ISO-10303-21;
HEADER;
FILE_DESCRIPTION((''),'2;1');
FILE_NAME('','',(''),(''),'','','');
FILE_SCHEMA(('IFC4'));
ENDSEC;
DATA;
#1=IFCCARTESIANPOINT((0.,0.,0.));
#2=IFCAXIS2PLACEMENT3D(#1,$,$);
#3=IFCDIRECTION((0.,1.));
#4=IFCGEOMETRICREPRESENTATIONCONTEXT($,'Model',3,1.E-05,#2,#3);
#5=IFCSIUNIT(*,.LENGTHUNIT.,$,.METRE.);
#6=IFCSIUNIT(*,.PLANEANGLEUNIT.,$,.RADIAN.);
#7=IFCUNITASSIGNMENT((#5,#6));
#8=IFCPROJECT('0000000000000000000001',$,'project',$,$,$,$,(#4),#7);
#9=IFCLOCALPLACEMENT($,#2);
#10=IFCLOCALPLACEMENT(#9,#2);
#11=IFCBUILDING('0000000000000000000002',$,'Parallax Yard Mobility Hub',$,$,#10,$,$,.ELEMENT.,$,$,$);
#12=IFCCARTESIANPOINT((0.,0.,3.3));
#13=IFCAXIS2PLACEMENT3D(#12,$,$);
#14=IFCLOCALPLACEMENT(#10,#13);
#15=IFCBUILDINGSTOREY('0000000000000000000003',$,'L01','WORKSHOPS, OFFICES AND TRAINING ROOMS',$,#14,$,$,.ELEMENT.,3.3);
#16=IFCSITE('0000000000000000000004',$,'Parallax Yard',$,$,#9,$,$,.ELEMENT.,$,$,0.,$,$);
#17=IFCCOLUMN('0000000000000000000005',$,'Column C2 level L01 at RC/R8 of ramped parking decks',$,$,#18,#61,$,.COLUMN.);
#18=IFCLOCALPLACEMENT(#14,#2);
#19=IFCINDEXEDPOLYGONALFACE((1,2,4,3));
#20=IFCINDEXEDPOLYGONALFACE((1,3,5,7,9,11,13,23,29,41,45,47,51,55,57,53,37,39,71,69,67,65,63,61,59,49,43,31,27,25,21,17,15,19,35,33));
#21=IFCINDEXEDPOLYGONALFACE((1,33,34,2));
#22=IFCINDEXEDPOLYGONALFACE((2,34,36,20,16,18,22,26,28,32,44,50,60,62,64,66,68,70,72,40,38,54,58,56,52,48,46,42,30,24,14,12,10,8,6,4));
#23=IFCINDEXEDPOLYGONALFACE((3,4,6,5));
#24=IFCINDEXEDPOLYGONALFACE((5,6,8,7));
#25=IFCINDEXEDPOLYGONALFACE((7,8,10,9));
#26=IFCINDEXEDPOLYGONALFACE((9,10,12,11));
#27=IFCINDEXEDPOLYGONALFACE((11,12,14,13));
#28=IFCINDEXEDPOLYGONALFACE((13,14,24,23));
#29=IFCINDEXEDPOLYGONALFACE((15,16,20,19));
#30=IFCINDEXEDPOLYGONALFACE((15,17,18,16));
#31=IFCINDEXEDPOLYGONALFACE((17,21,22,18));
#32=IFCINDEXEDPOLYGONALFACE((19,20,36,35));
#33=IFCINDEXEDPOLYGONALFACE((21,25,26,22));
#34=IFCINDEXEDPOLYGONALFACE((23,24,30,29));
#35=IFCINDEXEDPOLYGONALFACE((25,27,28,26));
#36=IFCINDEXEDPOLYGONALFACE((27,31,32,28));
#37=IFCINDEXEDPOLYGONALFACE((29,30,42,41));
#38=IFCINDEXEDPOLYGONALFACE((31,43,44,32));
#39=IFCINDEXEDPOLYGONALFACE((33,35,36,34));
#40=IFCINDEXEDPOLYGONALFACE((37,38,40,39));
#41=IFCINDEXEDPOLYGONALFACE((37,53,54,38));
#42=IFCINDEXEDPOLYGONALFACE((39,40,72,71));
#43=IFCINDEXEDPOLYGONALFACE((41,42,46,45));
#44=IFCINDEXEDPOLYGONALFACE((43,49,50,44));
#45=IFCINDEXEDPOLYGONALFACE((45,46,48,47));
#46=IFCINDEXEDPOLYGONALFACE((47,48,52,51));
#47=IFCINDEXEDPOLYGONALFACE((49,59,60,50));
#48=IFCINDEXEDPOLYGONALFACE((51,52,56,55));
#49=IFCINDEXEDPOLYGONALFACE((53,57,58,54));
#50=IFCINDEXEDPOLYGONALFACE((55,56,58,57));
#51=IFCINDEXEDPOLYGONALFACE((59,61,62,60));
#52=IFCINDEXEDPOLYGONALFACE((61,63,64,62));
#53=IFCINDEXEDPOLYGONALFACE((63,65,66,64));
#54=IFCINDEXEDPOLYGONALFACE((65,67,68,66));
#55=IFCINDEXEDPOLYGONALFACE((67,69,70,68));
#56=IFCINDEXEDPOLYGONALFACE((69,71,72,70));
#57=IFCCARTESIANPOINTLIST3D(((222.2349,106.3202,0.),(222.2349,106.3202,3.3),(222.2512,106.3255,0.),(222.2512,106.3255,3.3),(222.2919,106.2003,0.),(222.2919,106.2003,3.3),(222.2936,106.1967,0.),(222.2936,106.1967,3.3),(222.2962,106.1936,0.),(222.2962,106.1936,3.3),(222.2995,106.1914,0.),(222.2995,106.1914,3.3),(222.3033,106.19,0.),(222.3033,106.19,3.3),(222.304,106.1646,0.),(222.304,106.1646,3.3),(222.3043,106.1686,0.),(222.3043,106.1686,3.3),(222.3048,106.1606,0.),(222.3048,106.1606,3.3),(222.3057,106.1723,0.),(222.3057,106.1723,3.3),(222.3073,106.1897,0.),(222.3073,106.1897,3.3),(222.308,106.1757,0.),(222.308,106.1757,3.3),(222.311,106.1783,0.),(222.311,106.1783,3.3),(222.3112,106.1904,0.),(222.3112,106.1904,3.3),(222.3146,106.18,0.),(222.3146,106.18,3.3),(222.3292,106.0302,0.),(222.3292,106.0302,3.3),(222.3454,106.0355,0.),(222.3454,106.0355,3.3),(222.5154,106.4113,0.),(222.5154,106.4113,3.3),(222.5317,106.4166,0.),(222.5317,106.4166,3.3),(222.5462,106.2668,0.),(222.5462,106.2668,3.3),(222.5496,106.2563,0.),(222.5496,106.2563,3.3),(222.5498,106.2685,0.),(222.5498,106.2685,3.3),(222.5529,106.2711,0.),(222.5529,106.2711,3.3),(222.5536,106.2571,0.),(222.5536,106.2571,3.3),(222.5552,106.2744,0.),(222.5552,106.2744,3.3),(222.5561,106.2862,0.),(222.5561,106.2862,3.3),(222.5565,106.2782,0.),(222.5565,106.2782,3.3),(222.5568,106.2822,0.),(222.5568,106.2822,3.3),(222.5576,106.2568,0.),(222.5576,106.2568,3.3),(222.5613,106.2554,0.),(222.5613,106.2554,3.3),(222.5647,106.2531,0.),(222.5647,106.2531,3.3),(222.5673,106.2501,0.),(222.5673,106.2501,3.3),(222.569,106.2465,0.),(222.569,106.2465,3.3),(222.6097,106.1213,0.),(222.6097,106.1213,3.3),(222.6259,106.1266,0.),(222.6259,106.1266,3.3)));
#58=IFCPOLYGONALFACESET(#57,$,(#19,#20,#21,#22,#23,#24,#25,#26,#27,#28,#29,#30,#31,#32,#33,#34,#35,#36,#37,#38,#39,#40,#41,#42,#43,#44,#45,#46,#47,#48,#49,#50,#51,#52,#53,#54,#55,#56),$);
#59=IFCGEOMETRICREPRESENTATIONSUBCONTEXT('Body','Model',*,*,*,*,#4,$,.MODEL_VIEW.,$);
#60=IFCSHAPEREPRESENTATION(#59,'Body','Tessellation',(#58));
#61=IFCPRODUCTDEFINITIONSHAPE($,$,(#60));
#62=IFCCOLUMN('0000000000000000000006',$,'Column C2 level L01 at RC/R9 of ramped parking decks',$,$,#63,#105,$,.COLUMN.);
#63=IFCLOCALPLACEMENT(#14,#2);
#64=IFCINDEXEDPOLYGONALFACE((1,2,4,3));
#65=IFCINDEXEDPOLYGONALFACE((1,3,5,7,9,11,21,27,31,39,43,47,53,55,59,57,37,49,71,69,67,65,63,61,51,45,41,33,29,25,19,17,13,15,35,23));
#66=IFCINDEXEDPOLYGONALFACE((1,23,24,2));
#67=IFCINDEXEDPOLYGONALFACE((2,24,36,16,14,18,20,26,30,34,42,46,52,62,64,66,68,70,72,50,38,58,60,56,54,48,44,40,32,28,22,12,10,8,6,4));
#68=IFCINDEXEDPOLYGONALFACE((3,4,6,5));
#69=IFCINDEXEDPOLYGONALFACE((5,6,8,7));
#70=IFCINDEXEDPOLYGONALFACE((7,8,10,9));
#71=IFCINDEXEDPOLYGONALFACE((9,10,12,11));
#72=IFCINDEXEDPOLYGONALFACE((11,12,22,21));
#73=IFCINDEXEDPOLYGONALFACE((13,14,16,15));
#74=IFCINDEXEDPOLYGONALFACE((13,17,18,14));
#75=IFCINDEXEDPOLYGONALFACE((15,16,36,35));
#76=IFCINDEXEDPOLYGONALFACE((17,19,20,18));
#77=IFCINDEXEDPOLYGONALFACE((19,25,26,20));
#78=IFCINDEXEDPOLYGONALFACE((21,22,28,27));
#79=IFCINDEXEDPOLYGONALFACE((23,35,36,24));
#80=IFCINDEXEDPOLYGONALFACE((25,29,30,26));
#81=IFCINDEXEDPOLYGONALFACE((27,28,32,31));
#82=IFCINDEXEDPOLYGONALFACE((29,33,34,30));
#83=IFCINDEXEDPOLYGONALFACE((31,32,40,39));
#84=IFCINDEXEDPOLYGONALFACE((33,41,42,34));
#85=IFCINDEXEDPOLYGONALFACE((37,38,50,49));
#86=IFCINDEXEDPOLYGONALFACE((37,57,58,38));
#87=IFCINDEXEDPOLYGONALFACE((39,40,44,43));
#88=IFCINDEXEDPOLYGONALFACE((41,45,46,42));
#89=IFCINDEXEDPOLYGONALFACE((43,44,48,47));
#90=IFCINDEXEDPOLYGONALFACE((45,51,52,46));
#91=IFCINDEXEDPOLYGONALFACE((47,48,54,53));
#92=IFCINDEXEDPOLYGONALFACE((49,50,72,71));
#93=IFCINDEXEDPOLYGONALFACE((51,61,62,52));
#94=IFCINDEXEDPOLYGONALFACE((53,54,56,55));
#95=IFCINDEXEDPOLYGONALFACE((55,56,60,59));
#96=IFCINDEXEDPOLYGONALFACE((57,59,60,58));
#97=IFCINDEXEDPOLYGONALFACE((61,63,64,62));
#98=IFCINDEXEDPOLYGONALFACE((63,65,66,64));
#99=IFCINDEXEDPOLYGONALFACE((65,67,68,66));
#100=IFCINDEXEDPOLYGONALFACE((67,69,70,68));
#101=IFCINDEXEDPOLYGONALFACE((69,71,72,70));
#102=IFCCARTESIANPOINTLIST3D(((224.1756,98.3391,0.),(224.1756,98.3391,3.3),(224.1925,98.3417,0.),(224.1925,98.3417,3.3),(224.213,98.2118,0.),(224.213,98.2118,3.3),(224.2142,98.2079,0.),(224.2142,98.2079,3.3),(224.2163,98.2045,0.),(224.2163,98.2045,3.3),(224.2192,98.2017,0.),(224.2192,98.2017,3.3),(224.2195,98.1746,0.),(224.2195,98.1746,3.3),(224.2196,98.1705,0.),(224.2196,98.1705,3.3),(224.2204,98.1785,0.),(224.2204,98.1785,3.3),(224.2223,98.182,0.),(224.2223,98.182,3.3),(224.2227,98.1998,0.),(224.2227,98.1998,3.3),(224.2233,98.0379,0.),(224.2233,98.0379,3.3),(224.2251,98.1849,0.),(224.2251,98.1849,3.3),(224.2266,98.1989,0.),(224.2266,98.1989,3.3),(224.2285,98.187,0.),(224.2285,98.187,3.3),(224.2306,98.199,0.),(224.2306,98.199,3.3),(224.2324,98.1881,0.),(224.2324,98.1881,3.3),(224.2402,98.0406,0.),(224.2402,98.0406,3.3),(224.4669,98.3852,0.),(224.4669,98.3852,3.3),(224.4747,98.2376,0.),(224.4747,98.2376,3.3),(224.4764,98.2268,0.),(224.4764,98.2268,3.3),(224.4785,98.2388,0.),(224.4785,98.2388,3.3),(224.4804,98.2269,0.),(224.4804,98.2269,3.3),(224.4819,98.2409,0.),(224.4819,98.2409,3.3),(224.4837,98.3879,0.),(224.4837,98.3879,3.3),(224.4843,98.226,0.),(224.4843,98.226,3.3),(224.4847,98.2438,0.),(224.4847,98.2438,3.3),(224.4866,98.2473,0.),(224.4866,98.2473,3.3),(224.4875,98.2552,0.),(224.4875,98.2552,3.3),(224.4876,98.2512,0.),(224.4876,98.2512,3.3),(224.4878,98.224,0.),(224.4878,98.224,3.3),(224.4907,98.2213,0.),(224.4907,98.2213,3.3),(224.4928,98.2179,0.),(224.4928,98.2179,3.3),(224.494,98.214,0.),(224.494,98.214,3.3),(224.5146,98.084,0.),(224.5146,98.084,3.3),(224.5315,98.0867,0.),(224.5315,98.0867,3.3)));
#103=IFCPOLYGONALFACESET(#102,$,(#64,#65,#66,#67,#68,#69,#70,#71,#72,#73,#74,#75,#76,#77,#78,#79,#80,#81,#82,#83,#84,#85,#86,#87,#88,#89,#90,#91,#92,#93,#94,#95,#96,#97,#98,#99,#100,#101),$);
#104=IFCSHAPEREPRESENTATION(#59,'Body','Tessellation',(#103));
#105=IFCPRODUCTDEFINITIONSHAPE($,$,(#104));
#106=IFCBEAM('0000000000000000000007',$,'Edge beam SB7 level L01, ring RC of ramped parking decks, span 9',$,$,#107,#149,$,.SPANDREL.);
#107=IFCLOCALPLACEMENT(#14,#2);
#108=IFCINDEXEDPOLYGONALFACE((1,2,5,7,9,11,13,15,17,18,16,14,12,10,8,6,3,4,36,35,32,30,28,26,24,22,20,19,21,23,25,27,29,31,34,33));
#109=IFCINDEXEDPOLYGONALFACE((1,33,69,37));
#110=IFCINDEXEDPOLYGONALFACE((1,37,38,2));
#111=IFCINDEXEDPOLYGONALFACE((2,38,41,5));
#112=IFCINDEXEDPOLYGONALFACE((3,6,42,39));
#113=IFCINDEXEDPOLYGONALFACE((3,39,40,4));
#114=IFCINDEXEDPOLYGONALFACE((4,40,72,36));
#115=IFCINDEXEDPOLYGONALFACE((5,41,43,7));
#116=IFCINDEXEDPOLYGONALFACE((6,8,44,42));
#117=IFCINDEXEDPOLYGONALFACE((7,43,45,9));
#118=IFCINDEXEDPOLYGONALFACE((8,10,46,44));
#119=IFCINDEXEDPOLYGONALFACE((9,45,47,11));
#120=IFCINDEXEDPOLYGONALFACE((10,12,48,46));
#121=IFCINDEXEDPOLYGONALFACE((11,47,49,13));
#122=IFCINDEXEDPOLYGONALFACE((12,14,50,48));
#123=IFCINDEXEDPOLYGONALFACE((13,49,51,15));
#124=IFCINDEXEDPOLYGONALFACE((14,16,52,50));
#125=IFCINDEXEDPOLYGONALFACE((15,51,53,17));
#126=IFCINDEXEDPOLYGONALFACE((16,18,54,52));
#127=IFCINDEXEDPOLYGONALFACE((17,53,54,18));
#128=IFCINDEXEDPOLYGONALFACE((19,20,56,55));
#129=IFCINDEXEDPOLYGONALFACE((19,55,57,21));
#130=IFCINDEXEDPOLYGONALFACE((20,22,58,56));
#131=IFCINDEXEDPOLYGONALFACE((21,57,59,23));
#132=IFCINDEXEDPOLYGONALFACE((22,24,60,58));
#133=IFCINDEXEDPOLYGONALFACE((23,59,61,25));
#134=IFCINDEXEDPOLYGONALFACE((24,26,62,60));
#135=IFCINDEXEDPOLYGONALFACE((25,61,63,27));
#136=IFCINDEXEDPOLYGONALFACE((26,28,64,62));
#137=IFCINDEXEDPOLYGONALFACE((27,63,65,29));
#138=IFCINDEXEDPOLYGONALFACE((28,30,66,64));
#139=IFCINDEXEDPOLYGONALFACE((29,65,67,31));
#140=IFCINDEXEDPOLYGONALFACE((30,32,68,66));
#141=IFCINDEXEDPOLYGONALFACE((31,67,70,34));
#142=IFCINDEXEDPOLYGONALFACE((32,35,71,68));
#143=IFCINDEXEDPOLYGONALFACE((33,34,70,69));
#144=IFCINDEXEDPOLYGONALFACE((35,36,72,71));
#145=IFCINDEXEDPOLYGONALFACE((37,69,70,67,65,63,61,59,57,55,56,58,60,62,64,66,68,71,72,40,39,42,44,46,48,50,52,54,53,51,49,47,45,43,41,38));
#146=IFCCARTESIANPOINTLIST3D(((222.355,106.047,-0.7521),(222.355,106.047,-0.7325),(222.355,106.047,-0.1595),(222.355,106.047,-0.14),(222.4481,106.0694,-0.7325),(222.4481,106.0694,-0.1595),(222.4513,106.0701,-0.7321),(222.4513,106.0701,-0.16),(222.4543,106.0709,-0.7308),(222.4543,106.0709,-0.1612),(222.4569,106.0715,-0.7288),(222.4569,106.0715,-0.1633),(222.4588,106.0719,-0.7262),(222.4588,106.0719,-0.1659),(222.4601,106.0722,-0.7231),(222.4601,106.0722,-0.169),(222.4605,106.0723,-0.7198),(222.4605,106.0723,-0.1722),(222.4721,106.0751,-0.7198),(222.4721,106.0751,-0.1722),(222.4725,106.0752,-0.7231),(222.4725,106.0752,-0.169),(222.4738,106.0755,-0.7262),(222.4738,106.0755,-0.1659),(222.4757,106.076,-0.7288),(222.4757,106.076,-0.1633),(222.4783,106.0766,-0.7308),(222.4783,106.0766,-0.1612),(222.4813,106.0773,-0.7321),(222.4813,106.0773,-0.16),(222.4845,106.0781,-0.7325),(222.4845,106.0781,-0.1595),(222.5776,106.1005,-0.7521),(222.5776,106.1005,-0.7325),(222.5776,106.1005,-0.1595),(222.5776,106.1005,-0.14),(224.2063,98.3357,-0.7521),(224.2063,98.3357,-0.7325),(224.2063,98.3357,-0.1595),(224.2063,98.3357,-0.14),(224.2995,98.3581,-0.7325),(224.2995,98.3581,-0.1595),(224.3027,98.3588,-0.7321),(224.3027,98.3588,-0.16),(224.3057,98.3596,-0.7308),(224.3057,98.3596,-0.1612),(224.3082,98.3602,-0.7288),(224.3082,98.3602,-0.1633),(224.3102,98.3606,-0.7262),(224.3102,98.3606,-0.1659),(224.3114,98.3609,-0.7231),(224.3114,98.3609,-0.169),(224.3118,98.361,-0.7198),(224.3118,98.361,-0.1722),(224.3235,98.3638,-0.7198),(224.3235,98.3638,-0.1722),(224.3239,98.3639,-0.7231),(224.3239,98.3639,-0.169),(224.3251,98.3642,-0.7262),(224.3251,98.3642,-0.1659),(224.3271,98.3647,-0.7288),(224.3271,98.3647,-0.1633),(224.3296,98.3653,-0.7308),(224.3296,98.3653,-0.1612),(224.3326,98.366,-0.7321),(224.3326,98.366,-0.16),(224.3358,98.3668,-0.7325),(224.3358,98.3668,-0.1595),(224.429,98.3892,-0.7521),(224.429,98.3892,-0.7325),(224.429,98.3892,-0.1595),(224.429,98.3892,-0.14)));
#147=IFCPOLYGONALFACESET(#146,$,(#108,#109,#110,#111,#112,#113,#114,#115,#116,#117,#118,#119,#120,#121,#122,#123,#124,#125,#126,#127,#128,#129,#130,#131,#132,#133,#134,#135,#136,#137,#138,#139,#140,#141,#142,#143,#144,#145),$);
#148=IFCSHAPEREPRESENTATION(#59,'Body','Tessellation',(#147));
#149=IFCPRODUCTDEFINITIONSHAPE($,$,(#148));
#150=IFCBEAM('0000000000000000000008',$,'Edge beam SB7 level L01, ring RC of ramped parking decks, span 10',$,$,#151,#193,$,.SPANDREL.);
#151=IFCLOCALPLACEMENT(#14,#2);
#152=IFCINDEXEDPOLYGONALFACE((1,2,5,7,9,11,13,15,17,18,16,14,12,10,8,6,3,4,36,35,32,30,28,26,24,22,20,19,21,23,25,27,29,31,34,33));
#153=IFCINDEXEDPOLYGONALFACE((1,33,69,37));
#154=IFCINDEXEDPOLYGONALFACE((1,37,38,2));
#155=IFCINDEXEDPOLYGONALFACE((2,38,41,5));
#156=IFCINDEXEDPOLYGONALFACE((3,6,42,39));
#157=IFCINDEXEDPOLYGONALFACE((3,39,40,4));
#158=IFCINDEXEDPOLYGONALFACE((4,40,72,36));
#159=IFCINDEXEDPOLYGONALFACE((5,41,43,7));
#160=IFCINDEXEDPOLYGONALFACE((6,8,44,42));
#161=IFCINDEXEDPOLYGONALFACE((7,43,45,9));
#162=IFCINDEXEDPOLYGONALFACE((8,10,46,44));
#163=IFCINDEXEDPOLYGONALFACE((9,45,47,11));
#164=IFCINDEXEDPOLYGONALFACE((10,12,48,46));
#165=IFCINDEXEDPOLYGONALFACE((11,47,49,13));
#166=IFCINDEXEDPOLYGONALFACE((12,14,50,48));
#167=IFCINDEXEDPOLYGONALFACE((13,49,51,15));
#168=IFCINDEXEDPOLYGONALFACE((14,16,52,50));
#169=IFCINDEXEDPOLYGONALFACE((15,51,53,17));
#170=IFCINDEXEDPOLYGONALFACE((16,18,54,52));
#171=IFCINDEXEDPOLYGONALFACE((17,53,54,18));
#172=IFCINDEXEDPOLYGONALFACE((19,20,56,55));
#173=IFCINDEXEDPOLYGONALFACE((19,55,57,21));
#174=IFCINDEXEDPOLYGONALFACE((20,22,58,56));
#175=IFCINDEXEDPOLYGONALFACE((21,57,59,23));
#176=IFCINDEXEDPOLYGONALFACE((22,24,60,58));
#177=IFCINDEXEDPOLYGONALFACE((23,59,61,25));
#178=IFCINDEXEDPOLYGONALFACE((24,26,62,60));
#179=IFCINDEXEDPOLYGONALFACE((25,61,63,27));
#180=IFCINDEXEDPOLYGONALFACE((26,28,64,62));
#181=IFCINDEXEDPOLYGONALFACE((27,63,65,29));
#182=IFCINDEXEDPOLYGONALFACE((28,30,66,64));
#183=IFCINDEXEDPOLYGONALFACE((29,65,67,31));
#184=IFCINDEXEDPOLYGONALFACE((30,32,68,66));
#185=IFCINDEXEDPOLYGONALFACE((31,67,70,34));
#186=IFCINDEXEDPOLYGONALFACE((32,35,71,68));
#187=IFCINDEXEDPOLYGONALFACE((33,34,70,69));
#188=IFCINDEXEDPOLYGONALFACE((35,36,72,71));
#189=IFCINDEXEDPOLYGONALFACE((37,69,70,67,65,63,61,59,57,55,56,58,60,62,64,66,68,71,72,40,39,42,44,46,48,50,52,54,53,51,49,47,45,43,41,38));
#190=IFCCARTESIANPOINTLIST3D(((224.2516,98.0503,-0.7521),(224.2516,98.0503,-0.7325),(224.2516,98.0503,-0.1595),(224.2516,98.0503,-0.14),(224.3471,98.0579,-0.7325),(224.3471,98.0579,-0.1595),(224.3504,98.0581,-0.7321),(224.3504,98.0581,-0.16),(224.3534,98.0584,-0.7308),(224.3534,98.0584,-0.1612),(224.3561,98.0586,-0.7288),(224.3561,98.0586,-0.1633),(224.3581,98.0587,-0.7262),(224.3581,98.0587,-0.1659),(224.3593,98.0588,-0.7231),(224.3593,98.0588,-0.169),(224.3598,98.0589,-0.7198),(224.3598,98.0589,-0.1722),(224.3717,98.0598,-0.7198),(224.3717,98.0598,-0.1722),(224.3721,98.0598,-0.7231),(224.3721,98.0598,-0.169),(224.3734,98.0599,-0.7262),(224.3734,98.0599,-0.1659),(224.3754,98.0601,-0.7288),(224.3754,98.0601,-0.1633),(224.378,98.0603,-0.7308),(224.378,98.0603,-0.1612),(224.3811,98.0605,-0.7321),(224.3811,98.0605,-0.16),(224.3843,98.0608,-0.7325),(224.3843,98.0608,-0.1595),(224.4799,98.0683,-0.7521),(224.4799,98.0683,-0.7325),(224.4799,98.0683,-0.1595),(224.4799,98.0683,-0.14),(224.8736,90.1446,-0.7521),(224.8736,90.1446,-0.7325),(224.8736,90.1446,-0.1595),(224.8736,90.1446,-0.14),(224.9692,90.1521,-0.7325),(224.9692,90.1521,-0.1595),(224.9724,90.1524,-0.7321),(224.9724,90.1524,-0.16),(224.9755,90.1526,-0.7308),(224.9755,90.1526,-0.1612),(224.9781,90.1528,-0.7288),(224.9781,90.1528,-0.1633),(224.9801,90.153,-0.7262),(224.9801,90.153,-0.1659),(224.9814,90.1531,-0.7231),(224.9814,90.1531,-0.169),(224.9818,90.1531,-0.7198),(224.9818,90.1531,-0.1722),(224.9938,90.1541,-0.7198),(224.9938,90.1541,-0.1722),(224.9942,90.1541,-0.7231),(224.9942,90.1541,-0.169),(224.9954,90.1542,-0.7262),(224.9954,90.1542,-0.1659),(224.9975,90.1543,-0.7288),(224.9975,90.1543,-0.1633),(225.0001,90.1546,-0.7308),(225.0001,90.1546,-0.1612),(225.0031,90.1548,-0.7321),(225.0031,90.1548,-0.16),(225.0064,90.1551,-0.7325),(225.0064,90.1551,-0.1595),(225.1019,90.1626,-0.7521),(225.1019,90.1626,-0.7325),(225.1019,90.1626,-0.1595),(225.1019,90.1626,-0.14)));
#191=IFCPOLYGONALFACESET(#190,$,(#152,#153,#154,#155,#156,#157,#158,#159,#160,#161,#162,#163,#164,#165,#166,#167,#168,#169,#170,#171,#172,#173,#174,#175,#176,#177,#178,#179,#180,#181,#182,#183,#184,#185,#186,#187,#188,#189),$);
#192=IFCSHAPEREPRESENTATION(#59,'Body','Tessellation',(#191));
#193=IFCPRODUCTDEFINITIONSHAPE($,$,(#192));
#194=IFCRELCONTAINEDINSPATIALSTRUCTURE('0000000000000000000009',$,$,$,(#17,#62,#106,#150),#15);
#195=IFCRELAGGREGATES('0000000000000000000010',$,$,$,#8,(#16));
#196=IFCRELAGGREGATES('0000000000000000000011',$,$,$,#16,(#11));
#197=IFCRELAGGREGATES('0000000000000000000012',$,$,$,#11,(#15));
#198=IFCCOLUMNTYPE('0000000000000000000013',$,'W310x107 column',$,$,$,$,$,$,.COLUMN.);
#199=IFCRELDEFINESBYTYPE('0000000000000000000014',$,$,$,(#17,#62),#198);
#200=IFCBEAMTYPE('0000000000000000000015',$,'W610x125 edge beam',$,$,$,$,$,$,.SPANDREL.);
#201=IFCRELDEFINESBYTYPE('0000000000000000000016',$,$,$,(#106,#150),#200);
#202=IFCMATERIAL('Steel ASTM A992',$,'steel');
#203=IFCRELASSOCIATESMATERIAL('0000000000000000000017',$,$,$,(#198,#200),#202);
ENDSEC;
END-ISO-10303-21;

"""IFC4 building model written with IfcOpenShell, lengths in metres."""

from ifc_helpers import new_model, si_unit, direction, frame, origin, origin_2d, place, context, subcontext, project, spatial, i_section, extrude, material, material_profile, profile_set, type_object, element, save


model = new_model("IFC4")

# Units and contexts
model_context = context("Model", 3, precision=1e-05, world=origin(), true_north=direction((0.0, 1.0)))
body_context = subcontext(model_context, "Body", "Model", "MODEL_VIEW")
ifc_project = project(units=[si_unit("LENGTHUNIT", "METRE"), si_unit("PLANEANGLEUNIT", "RADIAN")], contexts=[model_context])

# Site, building, storey
site_placement = place(None, origin())
site = spatial("IfcSite", under=ifc_project, at=site_placement, Name="Parallax Yard", CompositionType="ELEMENT", RefElevation=0.0)
building_placement = place(site_placement, origin())
building = spatial("IfcBuilding", under=site, at=building_placement, Name="Parallax Yard Mobility Hub", CompositionType="ELEMENT")
storey_placement = place(building_placement, frame((0.0, 0.0, 3.3)))
storey = spatial("IfcBuildingStorey", under=building, at=storey_placement, Name="L01", Description="WORKSHOPS, OFFICES AND TRAINING ROOMS", CompositionType="ELEMENT", Elevation=3.3)

# Columns
ifc_material_1 = material(Name="Steel ASTM A992", Category="steel")
ifc_material_profile_1 = material_profile(ifc_material_1, i_section(OverallWidth=0.3049, OverallDepth=0.312, WebThickness=0.011, FlangeThickness=0.0171, FilletRadius=0.0154, at=origin_2d()), Name="W310x107")
ifc_profile_set_1 = profile_set([ifc_material_profile_1], Name="Steel ASTM A992")
column_type = type_object("IfcColumnType", Name="W310x107 column", PredefinedType="COLUMN", material=ifc_profile_set_1)
for number, where, z_axis, x_axis, name in (
    (1, (222.4304, 106.2234, 0.0), (0.0, 0.0, 1.0), (-0.309017, 0.951057, 0.0), "Column C2 level L01 at RC/R8 of ramped parking decks"),
    (2, (224.3535, 98.2129, 0.0), (0.0, 0.0, 1.0), (-0.156434, 0.987688, 0.0), "Column C2 level L01 at RC/R9 of ramped parking decks"),
):
    element("IfcColumn", number, at=place(storey_placement, frame(where, z_axis=z_axis, x_axis=x_axis)), inside=storey, type_object=column_type, Name=name, PredefinedType="COLUMN", context=body_context, shape_type="SweptSolid", body=[
        extrude(i_section(OverallWidth=0.3049, OverallDepth=0.312, WebThickness=0.011, FlangeThickness=0.0171, FilletRadius=0.0154, at=origin_2d()), origin(), (0.0, 0.0, 1.0), 3.3),
    ])

# Beams
ifc_material_profile_2 = material_profile(ifc_material_1, i_section(OverallWidth=0.229, OverallDepth=0.6121, WebThickness=0.012, FlangeThickness=0.0195, FilletRadius=0.0127, at=origin_2d()), Name="W610x125")
ifc_profile_set_2 = profile_set([ifc_material_profile_2], Name="Steel ASTM A992")
beam_type = type_object("IfcBeamType", Name="W610x125 edge beam", PredefinedType="SPANDREL", material=ifc_profile_set_2)
beam_1_placement = place(storey_placement, frame((222.4663, 106.0737, -0.446), z_axis=(0.233449, -0.972369, 0.0), x_axis=(0.972369, 0.233449, 0.0)))
element("IfcBeam", 3, at=beam_1_placement, inside=storey, type_object=beam_type, Name="Edge beam SB7 level L01, ring RC of ramped parking decks, span 9", PredefinedType="SPANDREL", context=body_context, shape_type="SweptSolid", body=[
    extrude(i_section(OverallWidth=0.229, OverallDepth=0.6121, WebThickness=0.012, FlangeThickness=0.0195, FilletRadius=0.0127, at=origin_2d()), origin(), (0.0, 0.0, 1.0), 7.9304),
])
beam_2_placement = place(storey_placement, frame((224.3657, 98.0593, -0.446), z_axis=(0.078443, -0.996919, 0.0), x_axis=(0.996919, 0.078443, 0.0)))
element("IfcBeam", 4, at=beam_2_placement, inside=storey, type_object=beam_type, Name="Edge beam SB7 level L01, ring RC of ramped parking decks, span 10", PredefinedType="SPANDREL", context=body_context, shape_type="SweptSolid", body=[
    extrude(i_section(OverallWidth=0.229, OverallDepth=0.6121, WebThickness=0.012, FlangeThickness=0.0195, FilletRadius=0.0127, at=origin_2d()), origin(), (0.0, 0.0, 1.0), 7.9302),
])

save(model, "model.ifc")
